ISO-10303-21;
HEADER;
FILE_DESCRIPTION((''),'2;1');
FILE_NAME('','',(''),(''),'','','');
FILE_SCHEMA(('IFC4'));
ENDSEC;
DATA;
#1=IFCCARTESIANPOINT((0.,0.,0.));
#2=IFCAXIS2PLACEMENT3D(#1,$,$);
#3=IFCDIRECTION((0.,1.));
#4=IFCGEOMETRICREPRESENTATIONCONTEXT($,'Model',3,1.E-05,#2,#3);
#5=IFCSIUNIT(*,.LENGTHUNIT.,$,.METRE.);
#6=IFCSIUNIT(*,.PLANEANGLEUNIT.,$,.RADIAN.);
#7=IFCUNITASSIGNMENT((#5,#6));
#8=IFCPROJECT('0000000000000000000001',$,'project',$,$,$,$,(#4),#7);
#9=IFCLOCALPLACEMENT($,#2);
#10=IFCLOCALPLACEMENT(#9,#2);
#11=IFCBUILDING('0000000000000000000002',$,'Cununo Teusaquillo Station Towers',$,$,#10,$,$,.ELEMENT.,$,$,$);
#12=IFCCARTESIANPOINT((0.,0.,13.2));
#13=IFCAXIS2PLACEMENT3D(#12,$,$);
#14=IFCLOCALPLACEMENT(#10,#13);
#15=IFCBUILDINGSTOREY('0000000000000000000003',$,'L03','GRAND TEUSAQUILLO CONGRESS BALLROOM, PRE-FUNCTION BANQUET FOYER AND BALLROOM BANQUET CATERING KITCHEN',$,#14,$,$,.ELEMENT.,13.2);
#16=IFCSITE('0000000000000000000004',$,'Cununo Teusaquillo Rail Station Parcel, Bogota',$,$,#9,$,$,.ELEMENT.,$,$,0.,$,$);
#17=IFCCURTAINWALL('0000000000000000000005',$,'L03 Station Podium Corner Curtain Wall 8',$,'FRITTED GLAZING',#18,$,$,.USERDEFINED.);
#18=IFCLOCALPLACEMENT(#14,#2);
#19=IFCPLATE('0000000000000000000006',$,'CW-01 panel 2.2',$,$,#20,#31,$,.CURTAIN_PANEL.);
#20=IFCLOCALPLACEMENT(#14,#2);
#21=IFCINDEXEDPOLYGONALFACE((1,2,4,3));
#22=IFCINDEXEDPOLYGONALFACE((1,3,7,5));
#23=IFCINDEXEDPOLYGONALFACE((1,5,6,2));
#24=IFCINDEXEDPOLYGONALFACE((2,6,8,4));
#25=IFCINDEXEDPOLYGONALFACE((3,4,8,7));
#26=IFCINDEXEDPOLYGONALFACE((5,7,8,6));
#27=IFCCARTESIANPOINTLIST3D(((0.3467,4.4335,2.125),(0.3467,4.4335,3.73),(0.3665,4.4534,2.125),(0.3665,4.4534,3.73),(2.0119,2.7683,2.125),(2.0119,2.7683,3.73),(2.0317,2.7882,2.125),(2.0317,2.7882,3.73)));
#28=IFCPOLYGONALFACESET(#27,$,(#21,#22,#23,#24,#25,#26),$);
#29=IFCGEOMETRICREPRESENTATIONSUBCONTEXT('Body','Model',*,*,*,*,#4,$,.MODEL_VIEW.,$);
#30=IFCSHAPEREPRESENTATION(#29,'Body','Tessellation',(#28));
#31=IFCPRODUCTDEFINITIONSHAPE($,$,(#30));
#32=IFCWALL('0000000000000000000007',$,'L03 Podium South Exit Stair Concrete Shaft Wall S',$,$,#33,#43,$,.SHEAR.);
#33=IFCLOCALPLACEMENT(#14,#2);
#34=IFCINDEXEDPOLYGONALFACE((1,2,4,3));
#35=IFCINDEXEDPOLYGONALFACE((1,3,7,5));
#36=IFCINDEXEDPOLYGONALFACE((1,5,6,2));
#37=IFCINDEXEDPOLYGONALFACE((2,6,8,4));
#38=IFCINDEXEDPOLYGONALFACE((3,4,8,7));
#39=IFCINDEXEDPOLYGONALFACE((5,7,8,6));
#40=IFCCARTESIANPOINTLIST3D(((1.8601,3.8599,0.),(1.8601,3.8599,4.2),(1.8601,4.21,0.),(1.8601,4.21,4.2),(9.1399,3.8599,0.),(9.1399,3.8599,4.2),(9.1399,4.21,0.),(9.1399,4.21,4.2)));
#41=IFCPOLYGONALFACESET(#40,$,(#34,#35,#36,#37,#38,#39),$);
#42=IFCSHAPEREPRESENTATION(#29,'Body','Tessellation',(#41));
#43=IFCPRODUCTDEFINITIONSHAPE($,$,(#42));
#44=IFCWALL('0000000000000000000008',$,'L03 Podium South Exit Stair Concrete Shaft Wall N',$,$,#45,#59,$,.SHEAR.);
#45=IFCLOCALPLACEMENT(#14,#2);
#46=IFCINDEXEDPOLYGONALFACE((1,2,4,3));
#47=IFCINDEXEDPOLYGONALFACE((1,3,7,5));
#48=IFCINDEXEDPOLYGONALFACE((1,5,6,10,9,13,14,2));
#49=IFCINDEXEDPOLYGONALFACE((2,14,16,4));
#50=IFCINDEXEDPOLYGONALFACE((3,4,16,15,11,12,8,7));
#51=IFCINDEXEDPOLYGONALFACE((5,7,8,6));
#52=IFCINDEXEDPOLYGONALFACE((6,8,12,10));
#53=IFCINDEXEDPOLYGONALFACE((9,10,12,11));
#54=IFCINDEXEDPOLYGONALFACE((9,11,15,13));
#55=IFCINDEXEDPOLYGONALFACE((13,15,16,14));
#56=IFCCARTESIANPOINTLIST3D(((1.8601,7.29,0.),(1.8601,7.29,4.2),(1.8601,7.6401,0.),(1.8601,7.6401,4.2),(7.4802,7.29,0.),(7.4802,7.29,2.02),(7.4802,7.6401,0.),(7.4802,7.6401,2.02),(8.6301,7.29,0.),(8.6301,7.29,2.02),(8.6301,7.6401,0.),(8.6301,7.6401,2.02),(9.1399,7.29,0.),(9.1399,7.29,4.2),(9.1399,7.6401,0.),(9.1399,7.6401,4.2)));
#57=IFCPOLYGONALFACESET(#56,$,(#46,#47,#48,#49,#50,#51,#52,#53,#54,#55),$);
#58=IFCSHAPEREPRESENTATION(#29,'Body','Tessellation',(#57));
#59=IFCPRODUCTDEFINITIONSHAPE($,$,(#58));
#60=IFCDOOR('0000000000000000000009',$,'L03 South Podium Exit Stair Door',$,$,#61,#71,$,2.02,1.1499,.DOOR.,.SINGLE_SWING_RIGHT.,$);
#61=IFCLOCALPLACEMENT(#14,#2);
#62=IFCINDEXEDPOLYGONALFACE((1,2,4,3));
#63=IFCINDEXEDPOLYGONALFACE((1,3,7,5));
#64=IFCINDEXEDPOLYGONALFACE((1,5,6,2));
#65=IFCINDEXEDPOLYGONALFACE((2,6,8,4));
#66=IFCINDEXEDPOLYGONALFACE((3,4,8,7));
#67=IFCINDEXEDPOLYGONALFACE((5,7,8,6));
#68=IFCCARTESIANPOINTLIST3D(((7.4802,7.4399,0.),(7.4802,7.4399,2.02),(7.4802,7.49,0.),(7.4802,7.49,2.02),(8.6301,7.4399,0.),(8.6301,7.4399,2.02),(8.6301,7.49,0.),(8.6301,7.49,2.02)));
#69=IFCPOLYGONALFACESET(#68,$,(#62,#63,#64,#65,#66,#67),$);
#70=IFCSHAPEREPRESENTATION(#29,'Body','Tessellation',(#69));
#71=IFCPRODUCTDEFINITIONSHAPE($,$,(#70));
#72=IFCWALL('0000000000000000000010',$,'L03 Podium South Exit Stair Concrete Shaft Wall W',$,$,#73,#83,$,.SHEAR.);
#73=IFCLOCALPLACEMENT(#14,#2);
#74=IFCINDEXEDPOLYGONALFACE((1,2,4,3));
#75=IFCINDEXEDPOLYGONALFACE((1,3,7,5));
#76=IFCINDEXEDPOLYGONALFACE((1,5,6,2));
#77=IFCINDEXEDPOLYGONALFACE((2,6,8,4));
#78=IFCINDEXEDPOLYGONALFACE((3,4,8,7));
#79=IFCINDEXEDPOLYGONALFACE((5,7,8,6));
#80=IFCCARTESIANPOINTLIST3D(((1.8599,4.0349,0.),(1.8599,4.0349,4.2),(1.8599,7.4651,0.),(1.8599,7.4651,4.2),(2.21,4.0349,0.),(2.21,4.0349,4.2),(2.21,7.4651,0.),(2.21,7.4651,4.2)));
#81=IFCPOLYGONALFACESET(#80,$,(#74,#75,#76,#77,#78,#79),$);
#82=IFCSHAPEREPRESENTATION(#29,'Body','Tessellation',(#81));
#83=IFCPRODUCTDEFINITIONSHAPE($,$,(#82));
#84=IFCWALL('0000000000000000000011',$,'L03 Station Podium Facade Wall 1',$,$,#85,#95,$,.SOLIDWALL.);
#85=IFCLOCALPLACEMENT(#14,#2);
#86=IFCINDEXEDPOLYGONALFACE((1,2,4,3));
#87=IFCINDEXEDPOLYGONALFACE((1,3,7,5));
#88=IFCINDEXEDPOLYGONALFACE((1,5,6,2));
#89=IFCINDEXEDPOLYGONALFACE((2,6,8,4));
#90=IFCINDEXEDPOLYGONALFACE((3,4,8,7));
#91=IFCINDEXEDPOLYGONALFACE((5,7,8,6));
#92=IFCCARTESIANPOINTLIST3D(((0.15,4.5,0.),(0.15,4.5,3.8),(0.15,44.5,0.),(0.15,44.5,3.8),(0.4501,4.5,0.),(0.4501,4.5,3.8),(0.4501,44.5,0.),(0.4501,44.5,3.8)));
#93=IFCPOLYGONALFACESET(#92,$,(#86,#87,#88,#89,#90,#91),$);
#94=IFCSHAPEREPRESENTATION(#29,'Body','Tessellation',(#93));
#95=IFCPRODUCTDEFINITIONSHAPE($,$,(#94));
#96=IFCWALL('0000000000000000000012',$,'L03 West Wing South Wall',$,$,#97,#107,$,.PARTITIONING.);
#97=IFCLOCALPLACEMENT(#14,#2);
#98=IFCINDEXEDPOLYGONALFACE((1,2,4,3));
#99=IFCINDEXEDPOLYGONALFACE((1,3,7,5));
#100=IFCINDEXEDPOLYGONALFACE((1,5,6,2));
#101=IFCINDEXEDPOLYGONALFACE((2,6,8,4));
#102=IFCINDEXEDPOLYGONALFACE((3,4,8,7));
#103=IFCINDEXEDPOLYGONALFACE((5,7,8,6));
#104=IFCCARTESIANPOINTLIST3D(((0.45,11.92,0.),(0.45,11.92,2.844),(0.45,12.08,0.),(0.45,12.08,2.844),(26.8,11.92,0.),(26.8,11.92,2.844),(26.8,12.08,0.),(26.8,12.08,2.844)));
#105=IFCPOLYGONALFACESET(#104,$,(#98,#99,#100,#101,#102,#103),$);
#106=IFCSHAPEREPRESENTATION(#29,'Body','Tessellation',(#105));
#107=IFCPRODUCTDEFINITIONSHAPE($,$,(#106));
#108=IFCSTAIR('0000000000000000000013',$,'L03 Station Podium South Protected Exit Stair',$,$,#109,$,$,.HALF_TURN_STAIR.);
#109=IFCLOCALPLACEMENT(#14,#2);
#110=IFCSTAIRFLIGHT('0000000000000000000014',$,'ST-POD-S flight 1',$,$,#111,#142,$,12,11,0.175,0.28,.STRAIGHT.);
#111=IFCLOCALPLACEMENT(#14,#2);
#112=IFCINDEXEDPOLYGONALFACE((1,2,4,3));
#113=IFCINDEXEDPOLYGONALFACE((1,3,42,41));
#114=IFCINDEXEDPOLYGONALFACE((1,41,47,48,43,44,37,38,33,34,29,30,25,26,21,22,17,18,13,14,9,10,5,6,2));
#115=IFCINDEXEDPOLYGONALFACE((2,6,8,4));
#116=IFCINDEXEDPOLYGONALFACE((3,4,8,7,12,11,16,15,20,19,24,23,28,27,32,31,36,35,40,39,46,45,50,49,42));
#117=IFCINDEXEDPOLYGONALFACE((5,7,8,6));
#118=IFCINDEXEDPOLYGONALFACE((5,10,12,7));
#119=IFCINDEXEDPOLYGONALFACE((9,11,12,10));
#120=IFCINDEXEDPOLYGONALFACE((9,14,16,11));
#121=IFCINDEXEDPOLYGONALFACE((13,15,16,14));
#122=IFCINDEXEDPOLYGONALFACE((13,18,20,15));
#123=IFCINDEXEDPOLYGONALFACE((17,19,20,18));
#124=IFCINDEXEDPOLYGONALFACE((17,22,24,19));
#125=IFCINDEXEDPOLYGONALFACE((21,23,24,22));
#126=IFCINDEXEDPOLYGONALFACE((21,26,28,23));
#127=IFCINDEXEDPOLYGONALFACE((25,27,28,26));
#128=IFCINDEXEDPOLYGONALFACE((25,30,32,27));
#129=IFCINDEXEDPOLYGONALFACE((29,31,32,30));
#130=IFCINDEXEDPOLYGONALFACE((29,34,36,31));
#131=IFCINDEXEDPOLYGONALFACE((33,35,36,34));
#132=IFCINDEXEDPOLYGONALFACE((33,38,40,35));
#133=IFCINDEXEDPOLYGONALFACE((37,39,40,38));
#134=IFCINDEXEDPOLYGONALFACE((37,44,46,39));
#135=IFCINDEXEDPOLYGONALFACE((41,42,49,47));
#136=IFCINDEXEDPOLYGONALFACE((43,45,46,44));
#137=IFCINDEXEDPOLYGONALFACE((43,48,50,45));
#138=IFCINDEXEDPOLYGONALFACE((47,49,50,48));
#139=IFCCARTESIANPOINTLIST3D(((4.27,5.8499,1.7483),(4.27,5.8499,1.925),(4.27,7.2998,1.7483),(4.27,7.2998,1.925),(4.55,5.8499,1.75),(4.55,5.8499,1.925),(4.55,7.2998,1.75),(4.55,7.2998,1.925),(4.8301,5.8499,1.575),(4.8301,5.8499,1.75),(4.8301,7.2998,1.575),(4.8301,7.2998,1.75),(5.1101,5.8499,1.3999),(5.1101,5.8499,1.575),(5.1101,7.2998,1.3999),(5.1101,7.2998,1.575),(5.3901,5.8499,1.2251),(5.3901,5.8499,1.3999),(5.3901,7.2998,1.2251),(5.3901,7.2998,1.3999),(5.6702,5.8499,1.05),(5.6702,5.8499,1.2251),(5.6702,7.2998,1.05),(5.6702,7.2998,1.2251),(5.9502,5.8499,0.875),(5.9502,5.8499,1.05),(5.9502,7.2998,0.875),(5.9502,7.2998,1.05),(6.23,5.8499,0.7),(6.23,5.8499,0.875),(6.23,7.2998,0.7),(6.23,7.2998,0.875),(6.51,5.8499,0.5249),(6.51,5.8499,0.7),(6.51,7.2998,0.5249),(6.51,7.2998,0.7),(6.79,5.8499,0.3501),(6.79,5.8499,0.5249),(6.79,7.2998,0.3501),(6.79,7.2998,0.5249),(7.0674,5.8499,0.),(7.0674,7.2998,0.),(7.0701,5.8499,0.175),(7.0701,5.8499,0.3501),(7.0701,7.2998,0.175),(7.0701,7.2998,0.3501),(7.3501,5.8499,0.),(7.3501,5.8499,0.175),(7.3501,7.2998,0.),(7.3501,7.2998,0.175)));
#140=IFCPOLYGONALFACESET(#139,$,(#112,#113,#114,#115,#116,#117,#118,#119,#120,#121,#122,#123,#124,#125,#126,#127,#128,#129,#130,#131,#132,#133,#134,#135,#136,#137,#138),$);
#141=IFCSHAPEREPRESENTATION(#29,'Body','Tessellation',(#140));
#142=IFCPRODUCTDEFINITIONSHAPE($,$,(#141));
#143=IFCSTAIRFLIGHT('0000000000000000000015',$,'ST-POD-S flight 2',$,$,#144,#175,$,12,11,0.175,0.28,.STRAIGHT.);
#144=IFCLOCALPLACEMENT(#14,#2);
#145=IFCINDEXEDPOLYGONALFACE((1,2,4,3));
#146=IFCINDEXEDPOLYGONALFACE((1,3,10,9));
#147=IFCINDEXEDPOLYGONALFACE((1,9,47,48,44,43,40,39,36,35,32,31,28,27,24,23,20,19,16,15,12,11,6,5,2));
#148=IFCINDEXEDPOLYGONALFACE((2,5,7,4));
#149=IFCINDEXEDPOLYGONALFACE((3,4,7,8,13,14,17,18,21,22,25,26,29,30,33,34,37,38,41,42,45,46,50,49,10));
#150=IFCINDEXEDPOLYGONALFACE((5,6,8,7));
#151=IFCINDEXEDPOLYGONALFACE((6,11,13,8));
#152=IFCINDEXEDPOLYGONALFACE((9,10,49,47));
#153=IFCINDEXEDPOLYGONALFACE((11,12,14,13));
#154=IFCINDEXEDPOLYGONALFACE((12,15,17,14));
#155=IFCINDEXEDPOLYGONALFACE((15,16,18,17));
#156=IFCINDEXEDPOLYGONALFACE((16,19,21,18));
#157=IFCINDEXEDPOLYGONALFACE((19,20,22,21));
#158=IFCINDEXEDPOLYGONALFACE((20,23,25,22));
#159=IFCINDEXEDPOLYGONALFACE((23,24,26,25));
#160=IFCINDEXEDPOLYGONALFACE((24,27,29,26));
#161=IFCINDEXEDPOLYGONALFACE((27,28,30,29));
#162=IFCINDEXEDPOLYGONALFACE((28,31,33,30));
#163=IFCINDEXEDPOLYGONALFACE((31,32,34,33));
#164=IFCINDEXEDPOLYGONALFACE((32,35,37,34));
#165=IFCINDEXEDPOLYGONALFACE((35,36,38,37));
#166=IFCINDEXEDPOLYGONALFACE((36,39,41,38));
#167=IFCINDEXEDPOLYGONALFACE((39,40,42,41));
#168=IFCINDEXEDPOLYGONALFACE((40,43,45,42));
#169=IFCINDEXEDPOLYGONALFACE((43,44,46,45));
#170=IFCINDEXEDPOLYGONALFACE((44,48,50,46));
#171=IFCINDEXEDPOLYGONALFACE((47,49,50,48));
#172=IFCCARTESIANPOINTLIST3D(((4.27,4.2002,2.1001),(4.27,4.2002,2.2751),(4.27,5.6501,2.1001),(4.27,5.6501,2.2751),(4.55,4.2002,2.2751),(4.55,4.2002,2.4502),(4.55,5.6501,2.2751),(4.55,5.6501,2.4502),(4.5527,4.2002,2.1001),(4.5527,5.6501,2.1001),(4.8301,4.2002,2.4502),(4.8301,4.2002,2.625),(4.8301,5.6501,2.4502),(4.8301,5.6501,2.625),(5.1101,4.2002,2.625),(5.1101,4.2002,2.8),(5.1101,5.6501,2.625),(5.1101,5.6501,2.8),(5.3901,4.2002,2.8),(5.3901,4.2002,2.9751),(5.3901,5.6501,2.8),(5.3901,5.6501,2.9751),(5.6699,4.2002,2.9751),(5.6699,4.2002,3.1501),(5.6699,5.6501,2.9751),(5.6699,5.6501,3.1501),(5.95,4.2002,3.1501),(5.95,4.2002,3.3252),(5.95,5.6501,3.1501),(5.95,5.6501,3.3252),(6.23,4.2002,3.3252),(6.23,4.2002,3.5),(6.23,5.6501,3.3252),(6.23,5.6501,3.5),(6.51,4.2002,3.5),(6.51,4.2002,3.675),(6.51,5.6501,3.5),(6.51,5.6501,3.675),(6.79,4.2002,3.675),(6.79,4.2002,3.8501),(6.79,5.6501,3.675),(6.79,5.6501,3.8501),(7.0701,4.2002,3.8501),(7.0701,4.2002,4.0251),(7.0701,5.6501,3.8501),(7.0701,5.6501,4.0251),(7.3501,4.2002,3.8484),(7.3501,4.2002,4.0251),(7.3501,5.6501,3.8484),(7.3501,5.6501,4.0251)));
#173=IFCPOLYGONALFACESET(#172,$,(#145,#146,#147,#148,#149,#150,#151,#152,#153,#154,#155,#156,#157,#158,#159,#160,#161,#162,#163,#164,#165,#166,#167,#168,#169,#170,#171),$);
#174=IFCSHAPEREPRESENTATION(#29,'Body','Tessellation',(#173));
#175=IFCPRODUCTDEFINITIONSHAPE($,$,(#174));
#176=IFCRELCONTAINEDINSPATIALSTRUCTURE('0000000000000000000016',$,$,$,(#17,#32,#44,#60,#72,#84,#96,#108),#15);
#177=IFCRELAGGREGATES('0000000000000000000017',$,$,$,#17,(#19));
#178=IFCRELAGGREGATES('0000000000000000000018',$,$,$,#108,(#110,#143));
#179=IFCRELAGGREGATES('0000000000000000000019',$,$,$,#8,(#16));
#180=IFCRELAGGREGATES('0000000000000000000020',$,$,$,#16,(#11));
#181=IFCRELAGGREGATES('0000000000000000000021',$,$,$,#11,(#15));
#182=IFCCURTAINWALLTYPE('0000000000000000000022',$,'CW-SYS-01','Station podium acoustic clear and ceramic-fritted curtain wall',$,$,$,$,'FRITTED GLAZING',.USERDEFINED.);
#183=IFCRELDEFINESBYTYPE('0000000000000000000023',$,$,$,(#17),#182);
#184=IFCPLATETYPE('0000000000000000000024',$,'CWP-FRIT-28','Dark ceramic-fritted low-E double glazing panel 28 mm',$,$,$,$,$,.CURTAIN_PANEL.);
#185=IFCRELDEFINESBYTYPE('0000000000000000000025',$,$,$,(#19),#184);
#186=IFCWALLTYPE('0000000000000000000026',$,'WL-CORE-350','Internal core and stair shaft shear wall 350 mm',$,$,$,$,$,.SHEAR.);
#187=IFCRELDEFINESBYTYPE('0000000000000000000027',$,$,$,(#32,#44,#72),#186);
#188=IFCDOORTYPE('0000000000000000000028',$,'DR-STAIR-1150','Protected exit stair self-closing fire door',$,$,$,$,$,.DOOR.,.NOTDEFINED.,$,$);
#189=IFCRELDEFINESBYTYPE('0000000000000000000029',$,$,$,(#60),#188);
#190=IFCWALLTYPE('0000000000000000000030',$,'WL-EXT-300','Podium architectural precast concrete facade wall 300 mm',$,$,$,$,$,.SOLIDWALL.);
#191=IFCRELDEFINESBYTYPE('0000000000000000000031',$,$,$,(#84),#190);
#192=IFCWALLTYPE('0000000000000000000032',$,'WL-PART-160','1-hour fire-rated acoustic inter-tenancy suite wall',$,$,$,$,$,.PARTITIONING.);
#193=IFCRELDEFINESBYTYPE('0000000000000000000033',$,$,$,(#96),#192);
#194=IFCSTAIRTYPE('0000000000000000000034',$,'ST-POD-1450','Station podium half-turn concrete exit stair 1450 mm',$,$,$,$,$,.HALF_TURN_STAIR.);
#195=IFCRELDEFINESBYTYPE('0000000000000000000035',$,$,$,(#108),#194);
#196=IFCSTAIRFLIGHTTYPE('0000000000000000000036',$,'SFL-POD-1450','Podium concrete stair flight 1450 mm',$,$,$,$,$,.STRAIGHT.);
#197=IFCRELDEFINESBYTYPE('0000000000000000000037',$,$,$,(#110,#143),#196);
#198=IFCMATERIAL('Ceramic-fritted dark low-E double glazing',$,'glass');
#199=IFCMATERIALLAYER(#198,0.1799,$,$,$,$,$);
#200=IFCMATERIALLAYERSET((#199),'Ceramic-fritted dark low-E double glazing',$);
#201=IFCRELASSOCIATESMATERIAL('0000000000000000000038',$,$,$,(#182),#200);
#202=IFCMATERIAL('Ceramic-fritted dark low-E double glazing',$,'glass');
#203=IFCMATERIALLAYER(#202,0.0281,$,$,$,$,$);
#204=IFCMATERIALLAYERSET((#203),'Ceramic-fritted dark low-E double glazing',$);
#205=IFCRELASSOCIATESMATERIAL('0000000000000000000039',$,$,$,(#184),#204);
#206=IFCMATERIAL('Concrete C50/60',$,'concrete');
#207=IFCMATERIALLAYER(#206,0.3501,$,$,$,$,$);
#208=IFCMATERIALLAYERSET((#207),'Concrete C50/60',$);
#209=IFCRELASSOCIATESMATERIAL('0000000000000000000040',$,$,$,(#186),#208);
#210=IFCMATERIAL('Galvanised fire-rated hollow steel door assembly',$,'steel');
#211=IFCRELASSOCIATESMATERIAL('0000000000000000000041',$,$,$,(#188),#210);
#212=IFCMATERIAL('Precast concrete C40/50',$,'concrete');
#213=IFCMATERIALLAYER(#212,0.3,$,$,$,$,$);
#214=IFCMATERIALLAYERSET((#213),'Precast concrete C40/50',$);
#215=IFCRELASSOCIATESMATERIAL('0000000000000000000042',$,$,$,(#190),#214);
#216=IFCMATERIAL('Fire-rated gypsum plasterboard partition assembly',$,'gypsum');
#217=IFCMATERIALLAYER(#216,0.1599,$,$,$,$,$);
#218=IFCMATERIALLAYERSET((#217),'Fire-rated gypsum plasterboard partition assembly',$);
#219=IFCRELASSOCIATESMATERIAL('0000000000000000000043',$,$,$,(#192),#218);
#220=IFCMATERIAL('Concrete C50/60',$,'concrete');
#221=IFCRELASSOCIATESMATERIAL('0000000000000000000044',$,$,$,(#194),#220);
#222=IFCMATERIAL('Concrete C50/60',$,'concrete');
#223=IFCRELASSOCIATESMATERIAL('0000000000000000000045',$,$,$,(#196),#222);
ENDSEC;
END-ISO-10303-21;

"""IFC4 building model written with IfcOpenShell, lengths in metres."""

from ifc_helpers import new_model, si_unit, direction, frame, frame_2d, origin, origin_2d, place, context, subcontext, project, spatial, polyline, rectangle, outline, extrude, source, transform, mapped, material, layer, layer_set, type_object, element, fill, aggregate, save


model = new_model("IFC4")

# Units and contexts
model_context = context("Model", 3, precision=1e-05, world=origin(), true_north=direction((0.0, 1.0)))
body_context = subcontext(model_context, "Body", "Model", "MODEL_VIEW")
ifc_project = project(units=[si_unit("LENGTHUNIT", "METRE"), si_unit("PLANEANGLEUNIT", "RADIAN")], contexts=[model_context])

# Site, building, storey
site_placement = place(None, origin())
site = spatial("IfcSite", under=ifc_project, at=site_placement, Name="Cununo Teusaquillo Rail Station Parcel, Bogota", CompositionType="ELEMENT", RefElevation=0.0)
building_placement = place(site_placement, origin())
building = spatial("IfcBuilding", under=site, at=building_placement, Name="Cununo Teusaquillo Station Towers", CompositionType="ELEMENT")
storey_placement = place(building_placement, frame((0.0, 0.0, 13.2)))
storey = spatial("IfcBuildingStorey", under=building, at=storey_placement, Name="L03", Description="GRAND TEUSAQUILLO CONGRESS BALLROOM, PRE-FUNCTION BANQUET FOYER AND BALLROOM BANQUET CATERING KITCHEN", CompositionType="ELEMENT", Elevation=13.2)

# Curtain wall
ifc_material_1 = material(Name="Ceramic-fritted dark low-E double glazing", Category="glass")
ifc_layer_1 = layer(ifc_material_1, 0.1799)
ifc_layer_set_1 = layer_set([ifc_layer_1], Name="Ceramic-fritted dark low-E double glazing")
curtain_wall_type = type_object("IfcCurtainWallType", Name="CW-SYS-01", Description="Station podium acoustic clear and ceramic-fritted curtain wall", ElementType="FRITTED GLAZING", PredefinedType="USERDEFINED", material=ifc_layer_set_1)
curtain_wall_placement = place(storey_placement, origin())
curtain_wall = element("IfcCurtainWall", 1, at=curtain_wall_placement, inside=storey, type_object=curtain_wall_type, Name="L03 Station Podium Corner Curtain Wall 8", ObjectType="FRITTED GLAZING", PredefinedType="USERDEFINED")

# Plate
ifc_material_2 = material(Name="Ceramic-fritted dark low-E double glazing", Category="glass")
ifc_layer_2 = layer(ifc_material_2, 0.0281)
ifc_layer_set_2 = layer_set([ifc_layer_2], Name="Ceramic-fritted dark low-E double glazing")
plate_type_1 = type_object("IfcPlateType", Name="CWP-FRIT-28", Description="Dark ceramic-fritted low-E double glazing panel 28 mm", PredefinedType="CURTAIN_PANEL", material=ifc_layer_set_2)
shared_shape_1 = source(origin(), body_context, "Body", "SweptSolid", [
    extrude(rectangle(XDim=2.355, YDim=0.0281, at=origin_2d()), origin(), (0.0, 0.0, 1.0), 1.605),
])
plate_placement = place(storey_placement, frame((1.1892, 3.6108, 2.125), z_axis=(0.0, 0.0, 1.0), x_axis=(-0.707107, 0.707107, 0.0)))
plate = element("IfcPlate", 2, at=plate_placement, type_object=plate_type_1, Name="CW-01 panel 2.2", PredefinedType="CURTAIN_PANEL", context=body_context, shape_type="MappedRepresentation", body=[
    mapped(shared_shape_1, transform((0.0, 0.0, 0.0), x_axis=(1.0, 0.0, 0.0), y_axis=(0.0, 1.0, 0.0), z_axis=(0.0, 0.0, 1.0), scale=1.0)),
])
aggregate(curtain_wall, [plate])

# Wall
ifc_material_3 = material(Name="Concrete C50/60", Category="concrete")
ifc_layer_3 = layer(ifc_material_3, 0.3501)
ifc_layer_set_3 = layer_set([ifc_layer_3], Name="Concrete C50/60")
wall_type_1 = type_object("IfcWallType", Name="WL-CORE-350", Description="Internal core and stair shaft shear wall 350 mm", PredefinedType="SHEAR", material=ifc_layer_set_3)
wall_1_placement = place(storey_placement, frame((1.8601, 4.0349, 0.0), z_axis=(0.0, 0.0, 1.0), x_axis=(1.0, 0.0, 0.0)))
element("IfcWall", 3, at=wall_1_placement, inside=storey, type_object=wall_type_1, Name="L03 Podium South Exit Stair Concrete Shaft Wall S", PredefinedType="SHEAR", context=body_context, shape_type="SweptSolid", body=[
    extrude(rectangle(XDim=7.2798, YDim=0.3501, at=frame_2d((3.6399, 0.0))), origin(), (0.0, 0.0, 1.0), 4.2),
])

# Wall, opening, door
wall_2_placement = place(storey_placement, frame((1.8601, 7.4651, 0.0), z_axis=(0.0, 0.0, 1.0), x_axis=(1.0, 0.0, 0.0)))
wall_2 = element("IfcWall", 4, at=wall_2_placement, inside=storey, type_object=wall_type_1, Name="L03 Podium South Exit Stair Concrete Shaft Wall N", PredefinedType="SHEAR", context=body_context, shape_type="SweptSolid", body=[
    extrude(rectangle(XDim=7.2798, YDim=0.3501, at=frame_2d((3.6399, 0.0))), origin(), (0.0, 0.0, 1.0), 4.2),
])
shared_shape_2 = source(origin(), body_context, "Body", "SweptSolid", [
    extrude(rectangle(XDim=1.1499, YDim=2.02, at=frame_2d((0.575, 1.01))), frame((0.0, 0.1851, 0.0), z_axis=(0.0, -1.0, 0.0), x_axis=(1.0, 0.0, 0.0)), (0.0, 0.0, 1.0), 0.3701),
])
opening_placement = place(wall_2_placement, frame((5.6201, 0.0, 0.0)))
opening = element("IfcOpeningElement", 5, at=opening_placement, cuts=wall_2, PredefinedType="OPENING", context=body_context, shape_type="MappedRepresentation", body=[
    mapped(shared_shape_2, transform((0.0, 0.0, 0.0), x_axis=(1.0, 0.0, 0.0), y_axis=(0.0, 1.0, 0.0), z_axis=(0.0, 0.0, 1.0), scale=1.0)),
])
ifc_material_4 = material(Name="Galvanised fire-rated hollow steel door assembly", Category="steel")
door_type = type_object("IfcDoorType", Name="DR-STAIR-1150", Description="Protected exit stair self-closing fire door", OperationType="NOTDEFINED", PredefinedType="DOOR", material=ifc_material_4)
shared_shape_3 = source(origin(), body_context, "Body", "SweptSolid", [
    extrude(rectangle(XDim=1.1499, YDim=2.02, at=frame_2d((0.575, 1.01))), frame((0.0, 0.0249, 0.0), z_axis=(0.0, -1.0, 0.0), x_axis=(1.0, 0.0, 0.0)), (0.0, 0.0, 1.0), 0.05),
])
door_placement = place(opening_placement, origin())
door = element("IfcDoor", 6, at=door_placement, inside=storey, type_object=door_type, Name="L03 South Podium Exit Stair Door", OperationType="SINGLE_SWING_RIGHT", OverallHeight=2.02, OverallWidth=1.1499, PredefinedType="DOOR", context=body_context, shape_type="MappedRepresentation", body=[
    mapped(shared_shape_3, transform((0.0, 0.0, 0.0), x_axis=(1.0, 0.0, 0.0), y_axis=(0.0, 1.0, 0.0), z_axis=(0.0, 0.0, 1.0), scale=1.0)),
])
fill(opening, door)

# Walls
wall_3_placement = place(storey_placement, frame((2.0349, 4.0349, 0.0), z_axis=(0.0, 0.0, 1.0), x_axis=(0.0, 1.0, 0.0)))
element("IfcWall", 7, at=wall_3_placement, inside=storey, type_object=wall_type_1, Name="L03 Podium South Exit Stair Concrete Shaft Wall W", PredefinedType="SHEAR", context=body_context, shape_type="SweptSolid", body=[
    extrude(rectangle(XDim=3.4302, YDim=0.3501, at=frame_2d((1.7151, 0.0))), origin(), (0.0, 0.0, 1.0), 4.2),
])
ifc_material_5 = material(Name="Precast concrete C40/50", Category="concrete")
ifc_layer_4 = layer(ifc_material_5, 0.3)
ifc_layer_set_4 = layer_set([ifc_layer_4], Name="Precast concrete C40/50")
wall_type_2 = type_object("IfcWallType", Name="WL-EXT-300", Description="Podium architectural precast concrete facade wall 300 mm", PredefinedType="SOLIDWALL", material=ifc_layer_set_4)
wall_4_placement = place(storey_placement, frame((0.3, 4.5, 0.0), z_axis=(0.0, 0.0, 1.0), x_axis=(0.0, 1.0, 0.0)))
element("IfcWall", 8, at=wall_4_placement, inside=storey, type_object=wall_type_2, Name="L03 Station Podium Facade Wall 1", PredefinedType="SOLIDWALL", context=body_context, shape_type="SweptSolid", body=[
    extrude(rectangle(XDim=40.0, YDim=0.3, at=frame_2d((20.0, 0.0))), origin(), (0.0, 0.0, 1.0), 3.8),
])
ifc_material_6 = material(Name="Fire-rated gypsum plasterboard partition assembly", Category="gypsum")
ifc_layer_5 = layer(ifc_material_6, 0.1599)
ifc_layer_set_5 = layer_set([ifc_layer_5], Name="Fire-rated gypsum plasterboard partition assembly")
wall_type_3 = type_object("IfcWallType", Name="WL-PART-160", Description="1-hour fire-rated acoustic inter-tenancy suite wall", PredefinedType="PARTITIONING", material=ifc_layer_set_5)
wall_5_placement = place(storey_placement, frame((0.45, 12.0, 0.0), z_axis=(0.0, 0.0, 1.0), x_axis=(1.0, 0.0, 0.0)))
element("IfcWall", 9, at=wall_5_placement, inside=storey, type_object=wall_type_3, Name="L03 West Wing South Wall", PredefinedType="PARTITIONING", context=body_context, shape_type="SweptSolid", body=[
    extrude(rectangle(XDim=26.3501, YDim=0.1599, at=frame_2d((13.175, 0.0))), origin(), (0.0, 0.0, 1.0), 2.844),
])

# Stair, stair flights
ifc_material_7 = material(Name="Concrete C50/60", Category="concrete")
stair_type = type_object("IfcStairType", Name="ST-POD-1450", Description="Station podium half-turn concrete exit stair 1450 mm", PredefinedType="HALF_TURN_STAIR", material=ifc_material_7)
stair_placement = place(storey_placement, origin())
stair = element("IfcStair", 10, at=stair_placement, inside=storey, type_object=stair_type, Name="L03 Station Podium South Protected Exit Stair", PredefinedType="HALF_TURN_STAIR")
ifc_material_8 = material(Name="Concrete C50/60", Category="concrete")
stair_flight_type = type_object("IfcStairFlightType", Name="SFL-POD-1450", Description="Podium concrete stair flight 1450 mm", PredefinedType="STRAIGHT", material=ifc_material_8)
stair_flight_1_placement = place(storey_placement, frame((7.3501, 6.575, 0.0), z_axis=(0.0, 0.0, 1.0), x_axis=(-1.0, 0.0, 0.0)))
stair_flight_1 = element("IfcStairFlight", 11, at=stair_flight_1_placement, type_object=stair_flight_type, Name="ST-POD-S flight 1", NumberOfRisers=12, NumberOfTreads=11, PredefinedType="STRAIGHT", RiserHeight=0.175, TreadLength=0.28, context=body_context, shape_type="SweptSolid", body=[
    extrude(outline(polyline([(0.0, 0.0), (0.0, 0.175), (0.28, 0.175), (0.28, 0.3501), (0.5601, 0.3501), (0.5601, 0.5249), (0.8401, 0.5249), (0.8401, 0.7), (1.1201, 0.7), (1.1201, 0.875), (1.3999, 0.875), (1.3999, 1.05), (1.6799, 1.05), (1.6799, 1.2251), (1.96, 1.2251), (1.96, 1.3999), (2.24, 1.3999), (2.24, 1.575), (2.52, 1.575), (2.52, 1.75), (2.8, 1.75), (2.8, 1.925), (3.0801, 1.925), (3.0801, 2.1001), (3.0801, 1.7483), (0.2827, 0.0), (0.0, 0.0)])), frame((0.0, 0.7251, 0.0), z_axis=(0.0, -1.0, 0.0), x_axis=(1.0, 0.0, 0.0)), (0.0, 0.0, 1.0), 1.45),
])
stair_flight_2_placement = place(storey_placement, frame((4.27, 4.925, 2.1001), z_axis=(0.0, 0.0, 1.0), x_axis=(1.0, 0.0, 0.0)))
stair_flight_2 = element("IfcStairFlight", 12, at=stair_flight_2_placement, type_object=stair_flight_type, Name="ST-POD-S flight 2", NumberOfRisers=12, NumberOfTreads=11, PredefinedType="STRAIGHT", RiserHeight=0.175, TreadLength=0.28, context=body_context, shape_type="SweptSolid", body=[
    extrude(outline(polyline([(0.0, 0.0), (0.0, 0.175), (0.28, 0.175), (0.28, 0.3501), (0.5601, 0.3501), (0.5601, 0.5249), (0.8401, 0.5249), (0.8401, 0.7), (1.1201, 0.7), (1.1201, 0.875), (1.3999, 0.875), (1.3999, 1.05), (1.6799, 1.05), (1.6799, 1.2251), (1.96, 1.2251), (1.96, 1.3999), (2.24, 1.3999), (2.24, 1.575), (2.52, 1.575), (2.52, 1.75), (2.8, 1.75), (2.8, 1.925), (3.0801, 1.925), (3.0801, 2.1001), (3.0801, 1.7483), (0.2827, 0.0), (0.0, 0.0)])), frame((0.0, 0.7251, 0.0), z_axis=(0.0, -1.0, 0.0), x_axis=(1.0, 0.0, 0.0)), (0.0, 0.0, 1.0), 1.45),
])
aggregate(stair, [stair_flight_1, stair_flight_2])

save(model, "model.ifc")
